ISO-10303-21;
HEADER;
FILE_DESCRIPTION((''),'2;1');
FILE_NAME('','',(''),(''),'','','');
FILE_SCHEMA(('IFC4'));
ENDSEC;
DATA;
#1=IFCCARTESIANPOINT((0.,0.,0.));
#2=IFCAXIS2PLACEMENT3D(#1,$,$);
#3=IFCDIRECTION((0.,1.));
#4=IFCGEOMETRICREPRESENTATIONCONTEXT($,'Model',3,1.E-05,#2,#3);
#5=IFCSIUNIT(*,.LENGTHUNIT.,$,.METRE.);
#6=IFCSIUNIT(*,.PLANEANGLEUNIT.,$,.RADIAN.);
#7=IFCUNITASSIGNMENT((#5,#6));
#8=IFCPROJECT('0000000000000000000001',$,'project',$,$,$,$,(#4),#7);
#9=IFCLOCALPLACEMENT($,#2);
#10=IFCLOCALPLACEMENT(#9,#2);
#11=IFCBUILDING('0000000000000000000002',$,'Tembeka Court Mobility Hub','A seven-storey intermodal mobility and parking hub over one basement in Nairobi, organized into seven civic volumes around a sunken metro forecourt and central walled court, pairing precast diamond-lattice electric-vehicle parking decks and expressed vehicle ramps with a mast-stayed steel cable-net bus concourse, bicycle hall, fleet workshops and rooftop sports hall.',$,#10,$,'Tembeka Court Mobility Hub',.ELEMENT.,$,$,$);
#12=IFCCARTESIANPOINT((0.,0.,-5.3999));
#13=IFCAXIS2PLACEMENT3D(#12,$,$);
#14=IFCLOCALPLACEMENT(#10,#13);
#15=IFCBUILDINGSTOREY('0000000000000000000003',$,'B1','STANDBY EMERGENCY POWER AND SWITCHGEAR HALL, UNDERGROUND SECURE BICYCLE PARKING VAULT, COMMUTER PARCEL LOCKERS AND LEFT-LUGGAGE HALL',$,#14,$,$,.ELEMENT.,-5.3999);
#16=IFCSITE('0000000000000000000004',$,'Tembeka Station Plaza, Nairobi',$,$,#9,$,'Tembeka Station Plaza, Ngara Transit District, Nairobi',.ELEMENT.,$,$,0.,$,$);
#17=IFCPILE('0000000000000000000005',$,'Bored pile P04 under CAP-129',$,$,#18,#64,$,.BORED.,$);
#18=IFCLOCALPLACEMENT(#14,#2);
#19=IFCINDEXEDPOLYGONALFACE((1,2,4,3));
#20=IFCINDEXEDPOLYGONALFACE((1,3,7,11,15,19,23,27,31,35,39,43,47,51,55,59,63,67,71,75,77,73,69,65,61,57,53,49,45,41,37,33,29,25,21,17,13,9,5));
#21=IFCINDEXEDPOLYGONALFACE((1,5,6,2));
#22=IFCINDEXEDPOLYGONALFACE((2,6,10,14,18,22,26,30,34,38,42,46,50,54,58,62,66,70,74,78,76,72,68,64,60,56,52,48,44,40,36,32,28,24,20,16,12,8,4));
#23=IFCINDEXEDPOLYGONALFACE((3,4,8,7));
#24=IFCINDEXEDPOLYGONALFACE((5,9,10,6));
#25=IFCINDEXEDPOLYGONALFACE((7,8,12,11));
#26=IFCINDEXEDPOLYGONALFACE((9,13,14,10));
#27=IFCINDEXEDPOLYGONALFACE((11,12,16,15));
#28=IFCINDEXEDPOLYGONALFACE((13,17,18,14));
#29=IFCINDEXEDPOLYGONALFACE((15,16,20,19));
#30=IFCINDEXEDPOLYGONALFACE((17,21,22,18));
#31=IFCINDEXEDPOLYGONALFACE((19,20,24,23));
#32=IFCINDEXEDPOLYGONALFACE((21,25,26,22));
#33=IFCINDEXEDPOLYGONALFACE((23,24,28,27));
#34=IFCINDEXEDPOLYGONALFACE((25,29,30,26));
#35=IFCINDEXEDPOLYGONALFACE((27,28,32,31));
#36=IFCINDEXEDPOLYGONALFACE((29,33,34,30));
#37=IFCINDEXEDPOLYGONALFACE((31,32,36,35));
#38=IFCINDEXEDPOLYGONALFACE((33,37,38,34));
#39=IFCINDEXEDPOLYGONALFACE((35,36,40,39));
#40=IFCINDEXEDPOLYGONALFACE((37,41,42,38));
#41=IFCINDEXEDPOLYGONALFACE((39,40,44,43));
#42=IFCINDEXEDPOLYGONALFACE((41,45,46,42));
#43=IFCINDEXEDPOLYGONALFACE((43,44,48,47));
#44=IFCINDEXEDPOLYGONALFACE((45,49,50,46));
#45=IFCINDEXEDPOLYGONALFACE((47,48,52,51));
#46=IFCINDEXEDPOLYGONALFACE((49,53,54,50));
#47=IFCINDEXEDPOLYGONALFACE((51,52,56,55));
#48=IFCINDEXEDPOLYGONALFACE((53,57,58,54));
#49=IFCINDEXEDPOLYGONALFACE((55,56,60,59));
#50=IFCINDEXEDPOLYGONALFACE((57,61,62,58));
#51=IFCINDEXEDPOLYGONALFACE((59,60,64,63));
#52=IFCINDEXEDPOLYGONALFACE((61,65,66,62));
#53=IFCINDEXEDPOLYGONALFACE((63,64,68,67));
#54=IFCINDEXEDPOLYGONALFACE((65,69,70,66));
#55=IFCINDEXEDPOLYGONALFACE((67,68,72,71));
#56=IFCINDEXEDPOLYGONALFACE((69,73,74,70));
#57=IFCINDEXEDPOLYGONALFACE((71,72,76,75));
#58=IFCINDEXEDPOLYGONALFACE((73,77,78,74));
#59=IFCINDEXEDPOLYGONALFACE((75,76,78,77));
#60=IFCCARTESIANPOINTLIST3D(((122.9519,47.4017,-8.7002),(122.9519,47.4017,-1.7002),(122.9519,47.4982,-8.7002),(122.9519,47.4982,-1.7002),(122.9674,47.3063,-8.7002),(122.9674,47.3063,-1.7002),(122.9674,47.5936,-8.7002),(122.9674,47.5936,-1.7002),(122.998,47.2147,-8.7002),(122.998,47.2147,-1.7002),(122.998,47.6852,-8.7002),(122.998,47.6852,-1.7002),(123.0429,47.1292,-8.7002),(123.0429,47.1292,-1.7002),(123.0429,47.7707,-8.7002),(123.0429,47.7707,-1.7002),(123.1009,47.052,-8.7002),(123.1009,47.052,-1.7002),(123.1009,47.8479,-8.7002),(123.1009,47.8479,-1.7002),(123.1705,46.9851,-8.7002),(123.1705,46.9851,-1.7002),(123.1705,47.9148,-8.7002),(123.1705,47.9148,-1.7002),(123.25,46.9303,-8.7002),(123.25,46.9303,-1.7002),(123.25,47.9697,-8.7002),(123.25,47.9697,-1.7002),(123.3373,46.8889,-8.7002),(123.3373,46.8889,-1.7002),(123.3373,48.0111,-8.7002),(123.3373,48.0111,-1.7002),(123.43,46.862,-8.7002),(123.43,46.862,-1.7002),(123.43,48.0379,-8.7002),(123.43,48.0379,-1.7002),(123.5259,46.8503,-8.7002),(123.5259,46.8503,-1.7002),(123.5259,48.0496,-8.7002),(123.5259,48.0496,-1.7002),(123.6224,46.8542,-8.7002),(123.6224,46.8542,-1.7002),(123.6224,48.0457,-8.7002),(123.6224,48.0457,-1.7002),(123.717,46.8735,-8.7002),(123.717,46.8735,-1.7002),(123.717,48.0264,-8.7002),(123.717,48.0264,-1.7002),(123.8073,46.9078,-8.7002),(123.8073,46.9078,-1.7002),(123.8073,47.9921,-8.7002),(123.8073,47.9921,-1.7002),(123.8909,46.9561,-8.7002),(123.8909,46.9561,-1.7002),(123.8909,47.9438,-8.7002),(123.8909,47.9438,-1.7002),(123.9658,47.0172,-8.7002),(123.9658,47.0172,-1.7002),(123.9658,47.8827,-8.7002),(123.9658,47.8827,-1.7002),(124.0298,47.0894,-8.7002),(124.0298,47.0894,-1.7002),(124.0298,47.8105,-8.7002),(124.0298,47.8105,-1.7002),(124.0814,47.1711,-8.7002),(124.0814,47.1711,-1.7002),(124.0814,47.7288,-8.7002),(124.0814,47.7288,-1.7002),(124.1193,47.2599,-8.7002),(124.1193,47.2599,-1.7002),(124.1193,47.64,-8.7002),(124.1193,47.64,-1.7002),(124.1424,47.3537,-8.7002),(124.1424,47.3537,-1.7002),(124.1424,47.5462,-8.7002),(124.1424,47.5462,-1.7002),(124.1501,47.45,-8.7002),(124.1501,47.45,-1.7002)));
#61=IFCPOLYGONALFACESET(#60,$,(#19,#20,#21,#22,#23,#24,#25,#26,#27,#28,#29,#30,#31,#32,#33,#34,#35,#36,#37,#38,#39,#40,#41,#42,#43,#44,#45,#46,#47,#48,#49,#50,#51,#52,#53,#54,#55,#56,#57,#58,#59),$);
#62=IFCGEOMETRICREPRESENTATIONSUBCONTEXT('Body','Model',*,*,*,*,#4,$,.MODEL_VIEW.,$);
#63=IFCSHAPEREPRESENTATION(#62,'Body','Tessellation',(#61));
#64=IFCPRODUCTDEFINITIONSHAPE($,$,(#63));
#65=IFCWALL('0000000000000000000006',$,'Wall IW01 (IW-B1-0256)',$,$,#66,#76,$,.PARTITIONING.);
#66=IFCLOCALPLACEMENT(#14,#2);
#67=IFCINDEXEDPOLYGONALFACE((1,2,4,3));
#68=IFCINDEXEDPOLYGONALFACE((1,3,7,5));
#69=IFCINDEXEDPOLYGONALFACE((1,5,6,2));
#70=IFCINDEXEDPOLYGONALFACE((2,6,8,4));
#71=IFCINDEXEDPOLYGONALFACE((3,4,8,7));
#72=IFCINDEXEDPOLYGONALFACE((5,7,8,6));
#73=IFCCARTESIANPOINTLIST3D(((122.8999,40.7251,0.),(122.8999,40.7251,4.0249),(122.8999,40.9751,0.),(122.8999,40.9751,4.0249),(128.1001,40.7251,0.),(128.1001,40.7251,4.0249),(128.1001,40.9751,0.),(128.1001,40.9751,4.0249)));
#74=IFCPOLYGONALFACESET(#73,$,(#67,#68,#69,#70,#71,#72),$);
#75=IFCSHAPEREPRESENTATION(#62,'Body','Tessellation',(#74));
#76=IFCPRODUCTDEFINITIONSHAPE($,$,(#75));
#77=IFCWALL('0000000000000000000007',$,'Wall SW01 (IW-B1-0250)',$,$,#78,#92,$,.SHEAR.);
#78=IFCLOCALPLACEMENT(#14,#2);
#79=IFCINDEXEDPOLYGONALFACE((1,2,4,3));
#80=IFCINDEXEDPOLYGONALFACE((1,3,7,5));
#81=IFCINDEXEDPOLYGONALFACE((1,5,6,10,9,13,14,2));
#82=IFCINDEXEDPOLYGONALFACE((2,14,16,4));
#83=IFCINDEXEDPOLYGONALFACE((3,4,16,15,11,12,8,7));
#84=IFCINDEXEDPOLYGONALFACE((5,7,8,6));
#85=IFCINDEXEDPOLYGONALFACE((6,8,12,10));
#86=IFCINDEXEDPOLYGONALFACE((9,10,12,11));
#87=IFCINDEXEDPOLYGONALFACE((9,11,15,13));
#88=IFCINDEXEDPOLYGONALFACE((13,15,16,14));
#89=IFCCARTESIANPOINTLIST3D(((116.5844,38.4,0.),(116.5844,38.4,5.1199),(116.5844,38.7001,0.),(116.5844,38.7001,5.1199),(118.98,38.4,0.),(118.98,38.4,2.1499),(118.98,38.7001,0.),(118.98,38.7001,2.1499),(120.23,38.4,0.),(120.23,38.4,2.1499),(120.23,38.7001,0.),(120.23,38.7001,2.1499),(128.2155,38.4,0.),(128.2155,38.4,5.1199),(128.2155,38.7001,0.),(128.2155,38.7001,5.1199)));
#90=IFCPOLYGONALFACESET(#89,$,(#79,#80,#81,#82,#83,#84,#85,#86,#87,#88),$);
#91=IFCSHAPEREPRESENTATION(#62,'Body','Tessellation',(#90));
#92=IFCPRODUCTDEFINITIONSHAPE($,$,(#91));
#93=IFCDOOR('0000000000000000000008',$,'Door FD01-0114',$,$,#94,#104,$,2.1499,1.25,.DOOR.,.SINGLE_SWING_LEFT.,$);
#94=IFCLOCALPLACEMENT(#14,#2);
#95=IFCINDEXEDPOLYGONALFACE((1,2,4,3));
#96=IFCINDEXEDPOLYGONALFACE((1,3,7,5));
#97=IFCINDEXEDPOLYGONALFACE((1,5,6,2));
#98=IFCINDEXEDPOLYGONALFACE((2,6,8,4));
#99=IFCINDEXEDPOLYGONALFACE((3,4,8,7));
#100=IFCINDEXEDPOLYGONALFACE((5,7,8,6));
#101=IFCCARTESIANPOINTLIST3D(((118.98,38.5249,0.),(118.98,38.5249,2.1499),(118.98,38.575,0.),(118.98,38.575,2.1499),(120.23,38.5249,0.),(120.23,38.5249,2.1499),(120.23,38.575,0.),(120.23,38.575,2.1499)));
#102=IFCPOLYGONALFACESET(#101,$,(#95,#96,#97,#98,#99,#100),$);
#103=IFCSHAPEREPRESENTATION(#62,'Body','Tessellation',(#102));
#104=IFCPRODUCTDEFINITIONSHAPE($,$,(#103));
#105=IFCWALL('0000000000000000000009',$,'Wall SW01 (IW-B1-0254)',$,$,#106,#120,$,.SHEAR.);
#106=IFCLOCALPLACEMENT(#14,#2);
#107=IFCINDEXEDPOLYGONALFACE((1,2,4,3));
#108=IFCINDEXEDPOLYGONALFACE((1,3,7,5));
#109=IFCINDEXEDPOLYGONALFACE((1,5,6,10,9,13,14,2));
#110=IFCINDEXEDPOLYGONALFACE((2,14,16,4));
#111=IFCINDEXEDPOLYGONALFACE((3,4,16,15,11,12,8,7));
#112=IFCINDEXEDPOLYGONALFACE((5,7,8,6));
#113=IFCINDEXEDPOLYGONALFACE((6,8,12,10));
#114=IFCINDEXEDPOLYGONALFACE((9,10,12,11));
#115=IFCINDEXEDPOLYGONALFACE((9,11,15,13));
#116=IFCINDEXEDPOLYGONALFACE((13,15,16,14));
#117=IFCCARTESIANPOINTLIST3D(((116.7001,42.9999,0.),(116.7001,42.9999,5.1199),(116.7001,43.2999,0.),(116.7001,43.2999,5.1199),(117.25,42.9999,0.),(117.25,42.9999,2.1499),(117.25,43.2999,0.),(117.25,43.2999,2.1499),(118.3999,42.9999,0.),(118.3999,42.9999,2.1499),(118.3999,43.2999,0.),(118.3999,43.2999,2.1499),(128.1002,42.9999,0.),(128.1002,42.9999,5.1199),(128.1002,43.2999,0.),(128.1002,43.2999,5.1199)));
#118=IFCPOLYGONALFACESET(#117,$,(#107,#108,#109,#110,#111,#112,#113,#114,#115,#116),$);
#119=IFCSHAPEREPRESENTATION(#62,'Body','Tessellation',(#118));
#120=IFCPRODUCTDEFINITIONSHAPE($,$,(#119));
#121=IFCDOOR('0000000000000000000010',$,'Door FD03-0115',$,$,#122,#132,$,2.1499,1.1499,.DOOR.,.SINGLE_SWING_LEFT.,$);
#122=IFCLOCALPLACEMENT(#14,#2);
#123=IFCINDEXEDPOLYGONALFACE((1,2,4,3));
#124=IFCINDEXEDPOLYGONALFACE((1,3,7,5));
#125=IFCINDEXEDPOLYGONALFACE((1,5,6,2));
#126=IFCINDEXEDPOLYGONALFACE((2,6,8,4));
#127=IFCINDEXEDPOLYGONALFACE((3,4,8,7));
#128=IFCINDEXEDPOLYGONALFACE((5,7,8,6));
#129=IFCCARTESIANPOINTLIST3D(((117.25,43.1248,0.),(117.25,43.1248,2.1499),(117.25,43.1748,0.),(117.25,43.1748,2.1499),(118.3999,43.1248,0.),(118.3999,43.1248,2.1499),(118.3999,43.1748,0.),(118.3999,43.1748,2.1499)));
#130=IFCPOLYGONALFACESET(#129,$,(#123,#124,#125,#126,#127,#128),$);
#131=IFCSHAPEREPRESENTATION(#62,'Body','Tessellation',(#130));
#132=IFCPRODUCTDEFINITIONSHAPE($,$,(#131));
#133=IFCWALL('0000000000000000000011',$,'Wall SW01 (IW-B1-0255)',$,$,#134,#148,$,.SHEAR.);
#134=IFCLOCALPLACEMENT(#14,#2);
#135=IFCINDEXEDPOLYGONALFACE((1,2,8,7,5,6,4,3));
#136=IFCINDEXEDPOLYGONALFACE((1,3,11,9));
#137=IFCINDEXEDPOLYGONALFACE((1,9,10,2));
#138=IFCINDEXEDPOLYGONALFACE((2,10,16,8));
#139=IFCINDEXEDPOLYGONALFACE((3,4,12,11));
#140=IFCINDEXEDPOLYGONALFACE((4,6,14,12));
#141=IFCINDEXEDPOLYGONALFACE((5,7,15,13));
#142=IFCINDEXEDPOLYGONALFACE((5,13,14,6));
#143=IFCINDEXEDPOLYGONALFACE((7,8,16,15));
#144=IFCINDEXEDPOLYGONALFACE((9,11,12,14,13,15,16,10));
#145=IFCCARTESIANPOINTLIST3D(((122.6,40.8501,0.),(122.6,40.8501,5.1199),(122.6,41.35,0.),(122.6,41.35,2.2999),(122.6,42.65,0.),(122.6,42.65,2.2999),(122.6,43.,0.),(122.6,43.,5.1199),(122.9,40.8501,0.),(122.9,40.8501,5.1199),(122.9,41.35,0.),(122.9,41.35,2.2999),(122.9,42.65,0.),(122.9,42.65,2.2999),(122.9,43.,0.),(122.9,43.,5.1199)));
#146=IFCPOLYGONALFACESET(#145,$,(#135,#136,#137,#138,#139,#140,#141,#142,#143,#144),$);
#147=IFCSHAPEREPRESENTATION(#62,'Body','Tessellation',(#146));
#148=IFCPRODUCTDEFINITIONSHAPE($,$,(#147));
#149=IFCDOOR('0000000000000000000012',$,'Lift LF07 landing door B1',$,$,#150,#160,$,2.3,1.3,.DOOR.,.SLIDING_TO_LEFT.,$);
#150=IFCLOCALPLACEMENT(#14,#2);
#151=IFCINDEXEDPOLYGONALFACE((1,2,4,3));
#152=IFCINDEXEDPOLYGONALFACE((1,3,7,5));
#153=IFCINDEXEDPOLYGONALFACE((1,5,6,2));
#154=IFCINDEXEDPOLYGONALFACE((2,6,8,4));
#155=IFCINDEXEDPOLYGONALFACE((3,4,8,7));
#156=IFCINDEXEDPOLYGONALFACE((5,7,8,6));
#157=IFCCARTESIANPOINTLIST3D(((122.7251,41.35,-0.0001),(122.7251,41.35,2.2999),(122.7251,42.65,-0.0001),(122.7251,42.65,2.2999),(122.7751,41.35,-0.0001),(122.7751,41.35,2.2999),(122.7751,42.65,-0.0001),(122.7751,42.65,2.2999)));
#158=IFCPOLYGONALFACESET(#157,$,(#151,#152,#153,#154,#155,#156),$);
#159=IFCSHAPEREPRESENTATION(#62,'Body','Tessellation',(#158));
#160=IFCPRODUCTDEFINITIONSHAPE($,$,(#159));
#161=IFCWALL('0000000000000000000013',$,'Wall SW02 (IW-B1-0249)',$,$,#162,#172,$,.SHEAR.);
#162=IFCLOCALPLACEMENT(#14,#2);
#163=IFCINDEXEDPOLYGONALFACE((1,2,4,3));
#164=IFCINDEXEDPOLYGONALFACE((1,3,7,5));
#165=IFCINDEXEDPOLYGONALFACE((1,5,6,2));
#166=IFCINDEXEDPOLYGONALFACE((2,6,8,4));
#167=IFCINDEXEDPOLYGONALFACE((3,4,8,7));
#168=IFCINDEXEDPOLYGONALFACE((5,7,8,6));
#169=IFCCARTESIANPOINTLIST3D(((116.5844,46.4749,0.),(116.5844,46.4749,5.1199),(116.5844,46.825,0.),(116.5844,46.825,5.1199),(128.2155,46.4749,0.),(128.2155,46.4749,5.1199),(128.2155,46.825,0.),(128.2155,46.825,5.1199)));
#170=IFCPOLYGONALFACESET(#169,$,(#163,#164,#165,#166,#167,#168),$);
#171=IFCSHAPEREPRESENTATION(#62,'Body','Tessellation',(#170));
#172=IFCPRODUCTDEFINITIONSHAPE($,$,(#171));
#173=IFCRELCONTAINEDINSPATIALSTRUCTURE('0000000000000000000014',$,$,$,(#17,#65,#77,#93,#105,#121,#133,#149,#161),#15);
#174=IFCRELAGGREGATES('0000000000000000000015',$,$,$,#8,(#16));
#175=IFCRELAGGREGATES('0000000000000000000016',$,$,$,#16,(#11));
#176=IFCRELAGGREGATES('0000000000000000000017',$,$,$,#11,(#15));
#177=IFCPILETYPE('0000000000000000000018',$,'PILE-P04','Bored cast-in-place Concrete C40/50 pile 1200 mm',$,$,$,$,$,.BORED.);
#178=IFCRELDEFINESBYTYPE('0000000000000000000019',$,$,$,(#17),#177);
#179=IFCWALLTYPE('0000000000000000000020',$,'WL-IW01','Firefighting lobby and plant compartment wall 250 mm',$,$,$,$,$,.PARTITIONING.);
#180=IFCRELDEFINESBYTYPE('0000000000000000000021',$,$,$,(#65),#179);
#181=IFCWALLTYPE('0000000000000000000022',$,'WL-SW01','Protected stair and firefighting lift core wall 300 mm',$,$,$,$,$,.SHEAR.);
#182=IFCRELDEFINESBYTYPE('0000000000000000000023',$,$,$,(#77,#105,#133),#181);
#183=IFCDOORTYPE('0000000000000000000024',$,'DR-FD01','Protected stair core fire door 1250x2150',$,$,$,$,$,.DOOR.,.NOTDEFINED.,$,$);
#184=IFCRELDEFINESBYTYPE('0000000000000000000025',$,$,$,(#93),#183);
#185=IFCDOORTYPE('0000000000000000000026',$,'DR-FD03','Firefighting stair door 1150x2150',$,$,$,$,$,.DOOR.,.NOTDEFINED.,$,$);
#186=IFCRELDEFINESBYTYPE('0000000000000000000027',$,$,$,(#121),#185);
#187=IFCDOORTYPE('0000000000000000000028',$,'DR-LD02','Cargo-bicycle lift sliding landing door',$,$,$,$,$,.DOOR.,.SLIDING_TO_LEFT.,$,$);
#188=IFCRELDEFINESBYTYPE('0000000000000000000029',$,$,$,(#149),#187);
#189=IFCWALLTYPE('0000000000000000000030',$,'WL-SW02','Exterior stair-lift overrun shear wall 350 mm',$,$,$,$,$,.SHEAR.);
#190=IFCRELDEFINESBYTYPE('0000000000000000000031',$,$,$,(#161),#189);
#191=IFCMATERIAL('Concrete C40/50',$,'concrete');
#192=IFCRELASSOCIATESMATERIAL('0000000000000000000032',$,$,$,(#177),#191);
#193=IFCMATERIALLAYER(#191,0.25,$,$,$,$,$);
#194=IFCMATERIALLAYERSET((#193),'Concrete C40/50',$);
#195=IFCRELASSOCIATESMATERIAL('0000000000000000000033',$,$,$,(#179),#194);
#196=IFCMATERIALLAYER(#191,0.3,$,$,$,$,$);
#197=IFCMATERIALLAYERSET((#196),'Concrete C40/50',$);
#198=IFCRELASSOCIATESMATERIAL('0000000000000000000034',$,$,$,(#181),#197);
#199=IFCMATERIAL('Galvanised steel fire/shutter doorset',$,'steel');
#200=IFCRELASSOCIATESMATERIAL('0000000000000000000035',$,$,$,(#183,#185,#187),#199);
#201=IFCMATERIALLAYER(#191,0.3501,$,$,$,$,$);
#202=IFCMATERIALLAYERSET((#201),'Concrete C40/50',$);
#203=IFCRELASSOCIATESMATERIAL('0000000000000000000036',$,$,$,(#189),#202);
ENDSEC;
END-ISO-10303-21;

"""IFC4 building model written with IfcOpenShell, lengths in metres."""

from ifc_helpers import new_model, si_unit, direction, frame, frame_2d, origin, origin_2d, place, context, subcontext, project, spatial, rectangle, circle, extrude, material, layer, layer_set, material_profile, profile_set, type_object, element, fill, save


model = new_model("IFC4")

# Units and contexts
model_context = context("Model", 3, precision=1e-05, world=origin(), true_north=direction((0.0, 1.0)))
body_context = subcontext(model_context, "Body", "Model", "MODEL_VIEW")
ifc_project = project(units=[si_unit("LENGTHUNIT", "METRE"), si_unit("PLANEANGLEUNIT", "RADIAN")], contexts=[model_context])

# Site, building, storey
site_placement = place(None, origin())
site = spatial("IfcSite", under=ifc_project, at=site_placement, Name="Tembeka Station Plaza, Nairobi", LongName="Tembeka Station Plaza, Ngara Transit District, Nairobi", CompositionType="ELEMENT", RefElevation=0.0)
building_placement = place(site_placement, origin())
building = spatial("IfcBuilding", under=site, at=building_placement, Name="Tembeka Court Mobility Hub", Description="A seven-storey intermodal mobility and parking hub over one basement in Nairobi, organized into seven civic volumes around a sunken metro forecourt and central walled court, pairing precast diamond-lattice electric-vehicle parking decks and expressed vehicle ramps with a mast-stayed steel cable-net bus concourse, bicycle hall, fleet workshops and rooftop sports hall.", LongName="Tembeka Court Mobility Hub", CompositionType="ELEMENT")
storey_placement = place(building_placement, frame((0.0, 0.0, -5.3999)))
storey = spatial("IfcBuildingStorey", under=building, at=storey_placement, Name="B1", Description="STANDBY EMERGENCY POWER AND SWITCHGEAR HALL, UNDERGROUND SECURE BICYCLE PARKING VAULT, COMMUTER PARCEL LOCKERS AND LEFT-LUGGAGE HALL", CompositionType="ELEMENT", Elevation=-5.3999)

# Shared definitions
ifc_material_1 = material(Name="Concrete C40/50", Category="concrete")

# Pile
ifc_material_profile = material_profile(ifc_material_1, circle(Radius=0.6001, at=origin_2d()), Name="PILE D1200")
ifc_profile_set = profile_set([ifc_material_profile], Name="Concrete C40/50")
pile_type = type_object("IfcPileType", Name="PILE-P04", Description="Bored cast-in-place Concrete C40/50 pile 1200 mm", PredefinedType="BORED", material=ifc_profile_set)
for number, where, z_axis, x_axis, name in (
    (1, (123.55, 47.45, -1.7002), (0.0, 0.0, -1.0), (1.0, 0.0, 0.0), "Bored pile P04 under CAP-129"),
):
    element("IfcPile", number, at=place(storey_placement, frame(where, z_axis=z_axis, x_axis=x_axis)), inside=storey, type_object=pile_type, Name=name, PredefinedType="BORED", context=body_context, shape_type="SweptSolid", body=[
        extrude(circle(Radius=0.6001, at=origin_2d()), origin(), (0.0, 0.0, 1.0), 7.0),
    ])

# Wall
ifc_layer_1 = layer(ifc_material_1, 0.25)
ifc_layer_set_1 = layer_set([ifc_layer_1], Name="Concrete C40/50")
wall_type_1 = type_object("IfcWallType", Name="WL-IW01", Description="Firefighting lobby and plant compartment wall 250 mm", PredefinedType="PARTITIONING", material=ifc_layer_set_1)
wall_1_placement = place(storey_placement, frame((122.8999, 40.8501, 0.0), z_axis=(0.0, 0.0, 1.0), x_axis=(1.0, 0.0, 0.0)))
element("IfcWall", 2, at=wall_1_placement, inside=storey, type_object=wall_type_1, Name="Wall IW01 (IW-B1-0256)", PredefinedType="PARTITIONING", context=body_context, shape_type="SweptSolid", body=[
    extrude(rectangle(XDim=5.2002, YDim=0.25, at=frame_2d((2.6001, 0.0))), origin(), (0.0, 0.0, 1.0), 4.0249),
])

# Walls, openings, doors
ifc_layer_2 = layer(ifc_material_1, 0.3)
ifc_layer_set_2 = layer_set([ifc_layer_2], Name="Concrete C40/50")
wall_type_2 = type_object("IfcWallType", Name="WL-SW01", Description="Protected stair and firefighting lift core wall 300 mm", PredefinedType="SHEAR", material=ifc_layer_set_2)
wall_2_placement = place(storey_placement, frame((116.5845, 38.55, 0.0), z_axis=(0.0, 0.0, 1.0), x_axis=(1.0, 0.0, 0.0)))
wall_2 = element("IfcWall", 3, at=wall_2_placement, inside=storey, type_object=wall_type_2, Name="Wall SW01 (IW-B1-0250)", PredefinedType="SHEAR", context=body_context, shape_type="SweptSolid", body=[
    extrude(rectangle(XDim=11.6311, YDim=0.3, at=frame_2d((5.8154, 0.0))), origin(), (0.0, 0.0, 1.0), 5.1199),
])
opening_1_placement = place(wall_2_placement, frame((2.3955, 0.0, 0.0)))
opening_1 = element("IfcOpeningElement", 4, at=opening_1_placement, cuts=wall_2, PredefinedType="OPENING", context=body_context, shape_type="SweptSolid", body=[
    extrude(rectangle(XDim=1.25, YDim=2.1499, at=frame_2d((0.625, 1.075))), frame((0.0, 0.1602, 0.0), z_axis=(0.0, -1.0, 0.0), x_axis=(1.0, 0.0, 0.0)), (0.0, 0.0, 1.0), 0.3201),
])
ifc_material_2 = material(Name="Galvanised steel fire/shutter doorset", Category="steel")
door_type_1 = type_object("IfcDoorType", Name="DR-FD01", Description="Protected stair core fire door 1250x2150", OperationType="NOTDEFINED", PredefinedType="DOOR", material=ifc_material_2)
door_1_placement = place(opening_1_placement, origin())
door_1 = element("IfcDoor", 5, at=door_1_placement, inside=storey, type_object=door_type_1, Name="Door FD01-0114", OperationType="SINGLE_SWING_LEFT", OverallHeight=2.1499, OverallWidth=1.25, PredefinedType="DOOR", context=body_context, shape_type="SweptSolid", body=[
    extrude(rectangle(XDim=1.25, YDim=2.1499, at=frame_2d((0.625, 1.075))), frame((0.0, 0.0249, 0.0), z_axis=(0.0, -1.0, 0.0), x_axis=(1.0, 0.0, 0.0)), (0.0, 0.0, 1.0), 0.05),
])
fill(opening_1, door_1)
wall_3_placement = place(storey_placement, frame((116.7, 43.1499, 0.0), z_axis=(0.0, 0.0, 1.0), x_axis=(1.0, 0.0, 0.0)))
wall_3 = element("IfcWall", 6, at=wall_3_placement, inside=storey, type_object=wall_type_2, Name="Wall SW01 (IW-B1-0254)", PredefinedType="SHEAR", context=body_context, shape_type="SweptSolid", body=[
    extrude(rectangle(XDim=11.4001, YDim=0.3, at=frame_2d((5.7002, 0.0))), origin(), (0.0, 0.0, 1.0), 5.1199),
])
opening_2_placement = place(wall_3_placement, frame((0.55, 0.0, 0.0)))
opening_2 = element("IfcOpeningElement", 7, at=opening_2_placement, cuts=wall_3, PredefinedType="OPENING", context=body_context, shape_type="SweptSolid", body=[
    extrude(rectangle(XDim=1.1499, YDim=2.1499, at=frame_2d((0.575, 1.075))), frame((0.0, 0.1602, 0.0), z_axis=(0.0, -1.0, 0.0), x_axis=(1.0, 0.0, 0.0)), (0.0, 0.0, 1.0), 0.3201),
])
door_type_2 = type_object("IfcDoorType", Name="DR-FD03", Description="Firefighting stair door 1150x2150", OperationType="NOTDEFINED", PredefinedType="DOOR", material=ifc_material_2)
door_2_placement = place(opening_2_placement, origin())
door_2 = element("IfcDoor", 8, at=door_2_placement, inside=storey, type_object=door_type_2, Name="Door FD03-0115", OperationType="SINGLE_SWING_LEFT", OverallHeight=2.1499, OverallWidth=1.1499, PredefinedType="DOOR", context=body_context, shape_type="SweptSolid", body=[
    extrude(rectangle(XDim=1.1499, YDim=2.1499, at=frame_2d((0.575, 1.075))), frame((0.0, 0.0249, 0.0), z_axis=(0.0, -1.0, 0.0), x_axis=(1.0, 0.0, 0.0)), (0.0, 0.0, 1.0), 0.05),
])
fill(opening_2, door_2)
wall_4_placement = place(storey_placement, frame((122.75, 40.8501, 0.0), z_axis=(0.0, 0.0, 1.0), x_axis=(0.0, 1.0, 0.0)))
wall_4 = element("IfcWall", 9, at=wall_4_placement, inside=storey, type_object=wall_type_2, Name="Wall SW01 (IW-B1-0255)", PredefinedType="SHEAR", context=body_context, shape_type="SweptSolid", body=[
    extrude(rectangle(XDim=2.1499, YDim=0.3, at=frame_2d((1.075, 0.0))), origin(), (0.0, 0.0, 1.0), 5.1199),
])
opening_3_placement = place(wall_4_placement, frame((0.5, 0.0, 0.0)))
opening_3 = element("IfcOpeningElement", 10, at=opening_3_placement, cuts=wall_4, PredefinedType="OPENING", context=body_context, shape_type="SweptSolid", body=[
    extrude(rectangle(XDim=1.3, YDim=2.3, at=frame_2d((0.6499, 1.1499))), frame((0.0, 0.1602, 0.0), z_axis=(0.0, -1.0, 0.0), x_axis=(1.0, 0.0, 0.0)), (0.0, 0.0, 1.0), 0.3201),
])
door_type_3 = type_object("IfcDoorType", Name="DR-LD02", Description="Cargo-bicycle lift sliding landing door", OperationType="SLIDING_TO_LEFT", PredefinedType="DOOR", material=ifc_material_2)
door_3_placement = place(opening_3_placement, origin())
door_3 = element("IfcDoor", 11, at=door_3_placement, inside=storey, type_object=door_type_3, Name="Lift LF07 landing door B1", OperationType="SLIDING_TO_LEFT", OverallHeight=2.3, OverallWidth=1.3, PredefinedType="DOOR", context=body_context, shape_type="SweptSolid", body=[
    extrude(rectangle(XDim=1.3, YDim=2.3, at=frame_2d((0.6499, 1.1499))), frame((0.0, 0.0249, 0.0), z_axis=(0.0, -1.0, 0.0), x_axis=(1.0, 0.0, 0.0)), (0.0, 0.0, 1.0), 0.05),
])
fill(opening_3, door_3)

# Wall
ifc_layer_3 = layer(ifc_material_1, 0.3501)
ifc_layer_set_3 = layer_set([ifc_layer_3], Name="Concrete C40/50")
wall_type_3 = type_object("IfcWallType", Name="WL-SW02", Description="Exterior stair-lift overrun shear wall 350 mm", PredefinedType="SHEAR", material=ifc_layer_set_3)
wall_5_placement = place(storey_placement, frame((116.5845, 46.6499, 0.0), z_axis=(0.0, 0.0, 1.0), x_axis=(1.0, 0.0, 0.0)))
element("IfcWall", 12, at=wall_5_placement, inside=storey, type_object=wall_type_3, Name="Wall SW02 (IW-B1-0249)", PredefinedType="SHEAR", context=body_context, shape_type="SweptSolid", body=[
    extrude(rectangle(XDim=11.6311, YDim=0.3501, at=frame_2d((5.8154, 0.0))), origin(), (0.0, 0.0, 1.0), 5.1199),
])

save(model, "model.ifc")
